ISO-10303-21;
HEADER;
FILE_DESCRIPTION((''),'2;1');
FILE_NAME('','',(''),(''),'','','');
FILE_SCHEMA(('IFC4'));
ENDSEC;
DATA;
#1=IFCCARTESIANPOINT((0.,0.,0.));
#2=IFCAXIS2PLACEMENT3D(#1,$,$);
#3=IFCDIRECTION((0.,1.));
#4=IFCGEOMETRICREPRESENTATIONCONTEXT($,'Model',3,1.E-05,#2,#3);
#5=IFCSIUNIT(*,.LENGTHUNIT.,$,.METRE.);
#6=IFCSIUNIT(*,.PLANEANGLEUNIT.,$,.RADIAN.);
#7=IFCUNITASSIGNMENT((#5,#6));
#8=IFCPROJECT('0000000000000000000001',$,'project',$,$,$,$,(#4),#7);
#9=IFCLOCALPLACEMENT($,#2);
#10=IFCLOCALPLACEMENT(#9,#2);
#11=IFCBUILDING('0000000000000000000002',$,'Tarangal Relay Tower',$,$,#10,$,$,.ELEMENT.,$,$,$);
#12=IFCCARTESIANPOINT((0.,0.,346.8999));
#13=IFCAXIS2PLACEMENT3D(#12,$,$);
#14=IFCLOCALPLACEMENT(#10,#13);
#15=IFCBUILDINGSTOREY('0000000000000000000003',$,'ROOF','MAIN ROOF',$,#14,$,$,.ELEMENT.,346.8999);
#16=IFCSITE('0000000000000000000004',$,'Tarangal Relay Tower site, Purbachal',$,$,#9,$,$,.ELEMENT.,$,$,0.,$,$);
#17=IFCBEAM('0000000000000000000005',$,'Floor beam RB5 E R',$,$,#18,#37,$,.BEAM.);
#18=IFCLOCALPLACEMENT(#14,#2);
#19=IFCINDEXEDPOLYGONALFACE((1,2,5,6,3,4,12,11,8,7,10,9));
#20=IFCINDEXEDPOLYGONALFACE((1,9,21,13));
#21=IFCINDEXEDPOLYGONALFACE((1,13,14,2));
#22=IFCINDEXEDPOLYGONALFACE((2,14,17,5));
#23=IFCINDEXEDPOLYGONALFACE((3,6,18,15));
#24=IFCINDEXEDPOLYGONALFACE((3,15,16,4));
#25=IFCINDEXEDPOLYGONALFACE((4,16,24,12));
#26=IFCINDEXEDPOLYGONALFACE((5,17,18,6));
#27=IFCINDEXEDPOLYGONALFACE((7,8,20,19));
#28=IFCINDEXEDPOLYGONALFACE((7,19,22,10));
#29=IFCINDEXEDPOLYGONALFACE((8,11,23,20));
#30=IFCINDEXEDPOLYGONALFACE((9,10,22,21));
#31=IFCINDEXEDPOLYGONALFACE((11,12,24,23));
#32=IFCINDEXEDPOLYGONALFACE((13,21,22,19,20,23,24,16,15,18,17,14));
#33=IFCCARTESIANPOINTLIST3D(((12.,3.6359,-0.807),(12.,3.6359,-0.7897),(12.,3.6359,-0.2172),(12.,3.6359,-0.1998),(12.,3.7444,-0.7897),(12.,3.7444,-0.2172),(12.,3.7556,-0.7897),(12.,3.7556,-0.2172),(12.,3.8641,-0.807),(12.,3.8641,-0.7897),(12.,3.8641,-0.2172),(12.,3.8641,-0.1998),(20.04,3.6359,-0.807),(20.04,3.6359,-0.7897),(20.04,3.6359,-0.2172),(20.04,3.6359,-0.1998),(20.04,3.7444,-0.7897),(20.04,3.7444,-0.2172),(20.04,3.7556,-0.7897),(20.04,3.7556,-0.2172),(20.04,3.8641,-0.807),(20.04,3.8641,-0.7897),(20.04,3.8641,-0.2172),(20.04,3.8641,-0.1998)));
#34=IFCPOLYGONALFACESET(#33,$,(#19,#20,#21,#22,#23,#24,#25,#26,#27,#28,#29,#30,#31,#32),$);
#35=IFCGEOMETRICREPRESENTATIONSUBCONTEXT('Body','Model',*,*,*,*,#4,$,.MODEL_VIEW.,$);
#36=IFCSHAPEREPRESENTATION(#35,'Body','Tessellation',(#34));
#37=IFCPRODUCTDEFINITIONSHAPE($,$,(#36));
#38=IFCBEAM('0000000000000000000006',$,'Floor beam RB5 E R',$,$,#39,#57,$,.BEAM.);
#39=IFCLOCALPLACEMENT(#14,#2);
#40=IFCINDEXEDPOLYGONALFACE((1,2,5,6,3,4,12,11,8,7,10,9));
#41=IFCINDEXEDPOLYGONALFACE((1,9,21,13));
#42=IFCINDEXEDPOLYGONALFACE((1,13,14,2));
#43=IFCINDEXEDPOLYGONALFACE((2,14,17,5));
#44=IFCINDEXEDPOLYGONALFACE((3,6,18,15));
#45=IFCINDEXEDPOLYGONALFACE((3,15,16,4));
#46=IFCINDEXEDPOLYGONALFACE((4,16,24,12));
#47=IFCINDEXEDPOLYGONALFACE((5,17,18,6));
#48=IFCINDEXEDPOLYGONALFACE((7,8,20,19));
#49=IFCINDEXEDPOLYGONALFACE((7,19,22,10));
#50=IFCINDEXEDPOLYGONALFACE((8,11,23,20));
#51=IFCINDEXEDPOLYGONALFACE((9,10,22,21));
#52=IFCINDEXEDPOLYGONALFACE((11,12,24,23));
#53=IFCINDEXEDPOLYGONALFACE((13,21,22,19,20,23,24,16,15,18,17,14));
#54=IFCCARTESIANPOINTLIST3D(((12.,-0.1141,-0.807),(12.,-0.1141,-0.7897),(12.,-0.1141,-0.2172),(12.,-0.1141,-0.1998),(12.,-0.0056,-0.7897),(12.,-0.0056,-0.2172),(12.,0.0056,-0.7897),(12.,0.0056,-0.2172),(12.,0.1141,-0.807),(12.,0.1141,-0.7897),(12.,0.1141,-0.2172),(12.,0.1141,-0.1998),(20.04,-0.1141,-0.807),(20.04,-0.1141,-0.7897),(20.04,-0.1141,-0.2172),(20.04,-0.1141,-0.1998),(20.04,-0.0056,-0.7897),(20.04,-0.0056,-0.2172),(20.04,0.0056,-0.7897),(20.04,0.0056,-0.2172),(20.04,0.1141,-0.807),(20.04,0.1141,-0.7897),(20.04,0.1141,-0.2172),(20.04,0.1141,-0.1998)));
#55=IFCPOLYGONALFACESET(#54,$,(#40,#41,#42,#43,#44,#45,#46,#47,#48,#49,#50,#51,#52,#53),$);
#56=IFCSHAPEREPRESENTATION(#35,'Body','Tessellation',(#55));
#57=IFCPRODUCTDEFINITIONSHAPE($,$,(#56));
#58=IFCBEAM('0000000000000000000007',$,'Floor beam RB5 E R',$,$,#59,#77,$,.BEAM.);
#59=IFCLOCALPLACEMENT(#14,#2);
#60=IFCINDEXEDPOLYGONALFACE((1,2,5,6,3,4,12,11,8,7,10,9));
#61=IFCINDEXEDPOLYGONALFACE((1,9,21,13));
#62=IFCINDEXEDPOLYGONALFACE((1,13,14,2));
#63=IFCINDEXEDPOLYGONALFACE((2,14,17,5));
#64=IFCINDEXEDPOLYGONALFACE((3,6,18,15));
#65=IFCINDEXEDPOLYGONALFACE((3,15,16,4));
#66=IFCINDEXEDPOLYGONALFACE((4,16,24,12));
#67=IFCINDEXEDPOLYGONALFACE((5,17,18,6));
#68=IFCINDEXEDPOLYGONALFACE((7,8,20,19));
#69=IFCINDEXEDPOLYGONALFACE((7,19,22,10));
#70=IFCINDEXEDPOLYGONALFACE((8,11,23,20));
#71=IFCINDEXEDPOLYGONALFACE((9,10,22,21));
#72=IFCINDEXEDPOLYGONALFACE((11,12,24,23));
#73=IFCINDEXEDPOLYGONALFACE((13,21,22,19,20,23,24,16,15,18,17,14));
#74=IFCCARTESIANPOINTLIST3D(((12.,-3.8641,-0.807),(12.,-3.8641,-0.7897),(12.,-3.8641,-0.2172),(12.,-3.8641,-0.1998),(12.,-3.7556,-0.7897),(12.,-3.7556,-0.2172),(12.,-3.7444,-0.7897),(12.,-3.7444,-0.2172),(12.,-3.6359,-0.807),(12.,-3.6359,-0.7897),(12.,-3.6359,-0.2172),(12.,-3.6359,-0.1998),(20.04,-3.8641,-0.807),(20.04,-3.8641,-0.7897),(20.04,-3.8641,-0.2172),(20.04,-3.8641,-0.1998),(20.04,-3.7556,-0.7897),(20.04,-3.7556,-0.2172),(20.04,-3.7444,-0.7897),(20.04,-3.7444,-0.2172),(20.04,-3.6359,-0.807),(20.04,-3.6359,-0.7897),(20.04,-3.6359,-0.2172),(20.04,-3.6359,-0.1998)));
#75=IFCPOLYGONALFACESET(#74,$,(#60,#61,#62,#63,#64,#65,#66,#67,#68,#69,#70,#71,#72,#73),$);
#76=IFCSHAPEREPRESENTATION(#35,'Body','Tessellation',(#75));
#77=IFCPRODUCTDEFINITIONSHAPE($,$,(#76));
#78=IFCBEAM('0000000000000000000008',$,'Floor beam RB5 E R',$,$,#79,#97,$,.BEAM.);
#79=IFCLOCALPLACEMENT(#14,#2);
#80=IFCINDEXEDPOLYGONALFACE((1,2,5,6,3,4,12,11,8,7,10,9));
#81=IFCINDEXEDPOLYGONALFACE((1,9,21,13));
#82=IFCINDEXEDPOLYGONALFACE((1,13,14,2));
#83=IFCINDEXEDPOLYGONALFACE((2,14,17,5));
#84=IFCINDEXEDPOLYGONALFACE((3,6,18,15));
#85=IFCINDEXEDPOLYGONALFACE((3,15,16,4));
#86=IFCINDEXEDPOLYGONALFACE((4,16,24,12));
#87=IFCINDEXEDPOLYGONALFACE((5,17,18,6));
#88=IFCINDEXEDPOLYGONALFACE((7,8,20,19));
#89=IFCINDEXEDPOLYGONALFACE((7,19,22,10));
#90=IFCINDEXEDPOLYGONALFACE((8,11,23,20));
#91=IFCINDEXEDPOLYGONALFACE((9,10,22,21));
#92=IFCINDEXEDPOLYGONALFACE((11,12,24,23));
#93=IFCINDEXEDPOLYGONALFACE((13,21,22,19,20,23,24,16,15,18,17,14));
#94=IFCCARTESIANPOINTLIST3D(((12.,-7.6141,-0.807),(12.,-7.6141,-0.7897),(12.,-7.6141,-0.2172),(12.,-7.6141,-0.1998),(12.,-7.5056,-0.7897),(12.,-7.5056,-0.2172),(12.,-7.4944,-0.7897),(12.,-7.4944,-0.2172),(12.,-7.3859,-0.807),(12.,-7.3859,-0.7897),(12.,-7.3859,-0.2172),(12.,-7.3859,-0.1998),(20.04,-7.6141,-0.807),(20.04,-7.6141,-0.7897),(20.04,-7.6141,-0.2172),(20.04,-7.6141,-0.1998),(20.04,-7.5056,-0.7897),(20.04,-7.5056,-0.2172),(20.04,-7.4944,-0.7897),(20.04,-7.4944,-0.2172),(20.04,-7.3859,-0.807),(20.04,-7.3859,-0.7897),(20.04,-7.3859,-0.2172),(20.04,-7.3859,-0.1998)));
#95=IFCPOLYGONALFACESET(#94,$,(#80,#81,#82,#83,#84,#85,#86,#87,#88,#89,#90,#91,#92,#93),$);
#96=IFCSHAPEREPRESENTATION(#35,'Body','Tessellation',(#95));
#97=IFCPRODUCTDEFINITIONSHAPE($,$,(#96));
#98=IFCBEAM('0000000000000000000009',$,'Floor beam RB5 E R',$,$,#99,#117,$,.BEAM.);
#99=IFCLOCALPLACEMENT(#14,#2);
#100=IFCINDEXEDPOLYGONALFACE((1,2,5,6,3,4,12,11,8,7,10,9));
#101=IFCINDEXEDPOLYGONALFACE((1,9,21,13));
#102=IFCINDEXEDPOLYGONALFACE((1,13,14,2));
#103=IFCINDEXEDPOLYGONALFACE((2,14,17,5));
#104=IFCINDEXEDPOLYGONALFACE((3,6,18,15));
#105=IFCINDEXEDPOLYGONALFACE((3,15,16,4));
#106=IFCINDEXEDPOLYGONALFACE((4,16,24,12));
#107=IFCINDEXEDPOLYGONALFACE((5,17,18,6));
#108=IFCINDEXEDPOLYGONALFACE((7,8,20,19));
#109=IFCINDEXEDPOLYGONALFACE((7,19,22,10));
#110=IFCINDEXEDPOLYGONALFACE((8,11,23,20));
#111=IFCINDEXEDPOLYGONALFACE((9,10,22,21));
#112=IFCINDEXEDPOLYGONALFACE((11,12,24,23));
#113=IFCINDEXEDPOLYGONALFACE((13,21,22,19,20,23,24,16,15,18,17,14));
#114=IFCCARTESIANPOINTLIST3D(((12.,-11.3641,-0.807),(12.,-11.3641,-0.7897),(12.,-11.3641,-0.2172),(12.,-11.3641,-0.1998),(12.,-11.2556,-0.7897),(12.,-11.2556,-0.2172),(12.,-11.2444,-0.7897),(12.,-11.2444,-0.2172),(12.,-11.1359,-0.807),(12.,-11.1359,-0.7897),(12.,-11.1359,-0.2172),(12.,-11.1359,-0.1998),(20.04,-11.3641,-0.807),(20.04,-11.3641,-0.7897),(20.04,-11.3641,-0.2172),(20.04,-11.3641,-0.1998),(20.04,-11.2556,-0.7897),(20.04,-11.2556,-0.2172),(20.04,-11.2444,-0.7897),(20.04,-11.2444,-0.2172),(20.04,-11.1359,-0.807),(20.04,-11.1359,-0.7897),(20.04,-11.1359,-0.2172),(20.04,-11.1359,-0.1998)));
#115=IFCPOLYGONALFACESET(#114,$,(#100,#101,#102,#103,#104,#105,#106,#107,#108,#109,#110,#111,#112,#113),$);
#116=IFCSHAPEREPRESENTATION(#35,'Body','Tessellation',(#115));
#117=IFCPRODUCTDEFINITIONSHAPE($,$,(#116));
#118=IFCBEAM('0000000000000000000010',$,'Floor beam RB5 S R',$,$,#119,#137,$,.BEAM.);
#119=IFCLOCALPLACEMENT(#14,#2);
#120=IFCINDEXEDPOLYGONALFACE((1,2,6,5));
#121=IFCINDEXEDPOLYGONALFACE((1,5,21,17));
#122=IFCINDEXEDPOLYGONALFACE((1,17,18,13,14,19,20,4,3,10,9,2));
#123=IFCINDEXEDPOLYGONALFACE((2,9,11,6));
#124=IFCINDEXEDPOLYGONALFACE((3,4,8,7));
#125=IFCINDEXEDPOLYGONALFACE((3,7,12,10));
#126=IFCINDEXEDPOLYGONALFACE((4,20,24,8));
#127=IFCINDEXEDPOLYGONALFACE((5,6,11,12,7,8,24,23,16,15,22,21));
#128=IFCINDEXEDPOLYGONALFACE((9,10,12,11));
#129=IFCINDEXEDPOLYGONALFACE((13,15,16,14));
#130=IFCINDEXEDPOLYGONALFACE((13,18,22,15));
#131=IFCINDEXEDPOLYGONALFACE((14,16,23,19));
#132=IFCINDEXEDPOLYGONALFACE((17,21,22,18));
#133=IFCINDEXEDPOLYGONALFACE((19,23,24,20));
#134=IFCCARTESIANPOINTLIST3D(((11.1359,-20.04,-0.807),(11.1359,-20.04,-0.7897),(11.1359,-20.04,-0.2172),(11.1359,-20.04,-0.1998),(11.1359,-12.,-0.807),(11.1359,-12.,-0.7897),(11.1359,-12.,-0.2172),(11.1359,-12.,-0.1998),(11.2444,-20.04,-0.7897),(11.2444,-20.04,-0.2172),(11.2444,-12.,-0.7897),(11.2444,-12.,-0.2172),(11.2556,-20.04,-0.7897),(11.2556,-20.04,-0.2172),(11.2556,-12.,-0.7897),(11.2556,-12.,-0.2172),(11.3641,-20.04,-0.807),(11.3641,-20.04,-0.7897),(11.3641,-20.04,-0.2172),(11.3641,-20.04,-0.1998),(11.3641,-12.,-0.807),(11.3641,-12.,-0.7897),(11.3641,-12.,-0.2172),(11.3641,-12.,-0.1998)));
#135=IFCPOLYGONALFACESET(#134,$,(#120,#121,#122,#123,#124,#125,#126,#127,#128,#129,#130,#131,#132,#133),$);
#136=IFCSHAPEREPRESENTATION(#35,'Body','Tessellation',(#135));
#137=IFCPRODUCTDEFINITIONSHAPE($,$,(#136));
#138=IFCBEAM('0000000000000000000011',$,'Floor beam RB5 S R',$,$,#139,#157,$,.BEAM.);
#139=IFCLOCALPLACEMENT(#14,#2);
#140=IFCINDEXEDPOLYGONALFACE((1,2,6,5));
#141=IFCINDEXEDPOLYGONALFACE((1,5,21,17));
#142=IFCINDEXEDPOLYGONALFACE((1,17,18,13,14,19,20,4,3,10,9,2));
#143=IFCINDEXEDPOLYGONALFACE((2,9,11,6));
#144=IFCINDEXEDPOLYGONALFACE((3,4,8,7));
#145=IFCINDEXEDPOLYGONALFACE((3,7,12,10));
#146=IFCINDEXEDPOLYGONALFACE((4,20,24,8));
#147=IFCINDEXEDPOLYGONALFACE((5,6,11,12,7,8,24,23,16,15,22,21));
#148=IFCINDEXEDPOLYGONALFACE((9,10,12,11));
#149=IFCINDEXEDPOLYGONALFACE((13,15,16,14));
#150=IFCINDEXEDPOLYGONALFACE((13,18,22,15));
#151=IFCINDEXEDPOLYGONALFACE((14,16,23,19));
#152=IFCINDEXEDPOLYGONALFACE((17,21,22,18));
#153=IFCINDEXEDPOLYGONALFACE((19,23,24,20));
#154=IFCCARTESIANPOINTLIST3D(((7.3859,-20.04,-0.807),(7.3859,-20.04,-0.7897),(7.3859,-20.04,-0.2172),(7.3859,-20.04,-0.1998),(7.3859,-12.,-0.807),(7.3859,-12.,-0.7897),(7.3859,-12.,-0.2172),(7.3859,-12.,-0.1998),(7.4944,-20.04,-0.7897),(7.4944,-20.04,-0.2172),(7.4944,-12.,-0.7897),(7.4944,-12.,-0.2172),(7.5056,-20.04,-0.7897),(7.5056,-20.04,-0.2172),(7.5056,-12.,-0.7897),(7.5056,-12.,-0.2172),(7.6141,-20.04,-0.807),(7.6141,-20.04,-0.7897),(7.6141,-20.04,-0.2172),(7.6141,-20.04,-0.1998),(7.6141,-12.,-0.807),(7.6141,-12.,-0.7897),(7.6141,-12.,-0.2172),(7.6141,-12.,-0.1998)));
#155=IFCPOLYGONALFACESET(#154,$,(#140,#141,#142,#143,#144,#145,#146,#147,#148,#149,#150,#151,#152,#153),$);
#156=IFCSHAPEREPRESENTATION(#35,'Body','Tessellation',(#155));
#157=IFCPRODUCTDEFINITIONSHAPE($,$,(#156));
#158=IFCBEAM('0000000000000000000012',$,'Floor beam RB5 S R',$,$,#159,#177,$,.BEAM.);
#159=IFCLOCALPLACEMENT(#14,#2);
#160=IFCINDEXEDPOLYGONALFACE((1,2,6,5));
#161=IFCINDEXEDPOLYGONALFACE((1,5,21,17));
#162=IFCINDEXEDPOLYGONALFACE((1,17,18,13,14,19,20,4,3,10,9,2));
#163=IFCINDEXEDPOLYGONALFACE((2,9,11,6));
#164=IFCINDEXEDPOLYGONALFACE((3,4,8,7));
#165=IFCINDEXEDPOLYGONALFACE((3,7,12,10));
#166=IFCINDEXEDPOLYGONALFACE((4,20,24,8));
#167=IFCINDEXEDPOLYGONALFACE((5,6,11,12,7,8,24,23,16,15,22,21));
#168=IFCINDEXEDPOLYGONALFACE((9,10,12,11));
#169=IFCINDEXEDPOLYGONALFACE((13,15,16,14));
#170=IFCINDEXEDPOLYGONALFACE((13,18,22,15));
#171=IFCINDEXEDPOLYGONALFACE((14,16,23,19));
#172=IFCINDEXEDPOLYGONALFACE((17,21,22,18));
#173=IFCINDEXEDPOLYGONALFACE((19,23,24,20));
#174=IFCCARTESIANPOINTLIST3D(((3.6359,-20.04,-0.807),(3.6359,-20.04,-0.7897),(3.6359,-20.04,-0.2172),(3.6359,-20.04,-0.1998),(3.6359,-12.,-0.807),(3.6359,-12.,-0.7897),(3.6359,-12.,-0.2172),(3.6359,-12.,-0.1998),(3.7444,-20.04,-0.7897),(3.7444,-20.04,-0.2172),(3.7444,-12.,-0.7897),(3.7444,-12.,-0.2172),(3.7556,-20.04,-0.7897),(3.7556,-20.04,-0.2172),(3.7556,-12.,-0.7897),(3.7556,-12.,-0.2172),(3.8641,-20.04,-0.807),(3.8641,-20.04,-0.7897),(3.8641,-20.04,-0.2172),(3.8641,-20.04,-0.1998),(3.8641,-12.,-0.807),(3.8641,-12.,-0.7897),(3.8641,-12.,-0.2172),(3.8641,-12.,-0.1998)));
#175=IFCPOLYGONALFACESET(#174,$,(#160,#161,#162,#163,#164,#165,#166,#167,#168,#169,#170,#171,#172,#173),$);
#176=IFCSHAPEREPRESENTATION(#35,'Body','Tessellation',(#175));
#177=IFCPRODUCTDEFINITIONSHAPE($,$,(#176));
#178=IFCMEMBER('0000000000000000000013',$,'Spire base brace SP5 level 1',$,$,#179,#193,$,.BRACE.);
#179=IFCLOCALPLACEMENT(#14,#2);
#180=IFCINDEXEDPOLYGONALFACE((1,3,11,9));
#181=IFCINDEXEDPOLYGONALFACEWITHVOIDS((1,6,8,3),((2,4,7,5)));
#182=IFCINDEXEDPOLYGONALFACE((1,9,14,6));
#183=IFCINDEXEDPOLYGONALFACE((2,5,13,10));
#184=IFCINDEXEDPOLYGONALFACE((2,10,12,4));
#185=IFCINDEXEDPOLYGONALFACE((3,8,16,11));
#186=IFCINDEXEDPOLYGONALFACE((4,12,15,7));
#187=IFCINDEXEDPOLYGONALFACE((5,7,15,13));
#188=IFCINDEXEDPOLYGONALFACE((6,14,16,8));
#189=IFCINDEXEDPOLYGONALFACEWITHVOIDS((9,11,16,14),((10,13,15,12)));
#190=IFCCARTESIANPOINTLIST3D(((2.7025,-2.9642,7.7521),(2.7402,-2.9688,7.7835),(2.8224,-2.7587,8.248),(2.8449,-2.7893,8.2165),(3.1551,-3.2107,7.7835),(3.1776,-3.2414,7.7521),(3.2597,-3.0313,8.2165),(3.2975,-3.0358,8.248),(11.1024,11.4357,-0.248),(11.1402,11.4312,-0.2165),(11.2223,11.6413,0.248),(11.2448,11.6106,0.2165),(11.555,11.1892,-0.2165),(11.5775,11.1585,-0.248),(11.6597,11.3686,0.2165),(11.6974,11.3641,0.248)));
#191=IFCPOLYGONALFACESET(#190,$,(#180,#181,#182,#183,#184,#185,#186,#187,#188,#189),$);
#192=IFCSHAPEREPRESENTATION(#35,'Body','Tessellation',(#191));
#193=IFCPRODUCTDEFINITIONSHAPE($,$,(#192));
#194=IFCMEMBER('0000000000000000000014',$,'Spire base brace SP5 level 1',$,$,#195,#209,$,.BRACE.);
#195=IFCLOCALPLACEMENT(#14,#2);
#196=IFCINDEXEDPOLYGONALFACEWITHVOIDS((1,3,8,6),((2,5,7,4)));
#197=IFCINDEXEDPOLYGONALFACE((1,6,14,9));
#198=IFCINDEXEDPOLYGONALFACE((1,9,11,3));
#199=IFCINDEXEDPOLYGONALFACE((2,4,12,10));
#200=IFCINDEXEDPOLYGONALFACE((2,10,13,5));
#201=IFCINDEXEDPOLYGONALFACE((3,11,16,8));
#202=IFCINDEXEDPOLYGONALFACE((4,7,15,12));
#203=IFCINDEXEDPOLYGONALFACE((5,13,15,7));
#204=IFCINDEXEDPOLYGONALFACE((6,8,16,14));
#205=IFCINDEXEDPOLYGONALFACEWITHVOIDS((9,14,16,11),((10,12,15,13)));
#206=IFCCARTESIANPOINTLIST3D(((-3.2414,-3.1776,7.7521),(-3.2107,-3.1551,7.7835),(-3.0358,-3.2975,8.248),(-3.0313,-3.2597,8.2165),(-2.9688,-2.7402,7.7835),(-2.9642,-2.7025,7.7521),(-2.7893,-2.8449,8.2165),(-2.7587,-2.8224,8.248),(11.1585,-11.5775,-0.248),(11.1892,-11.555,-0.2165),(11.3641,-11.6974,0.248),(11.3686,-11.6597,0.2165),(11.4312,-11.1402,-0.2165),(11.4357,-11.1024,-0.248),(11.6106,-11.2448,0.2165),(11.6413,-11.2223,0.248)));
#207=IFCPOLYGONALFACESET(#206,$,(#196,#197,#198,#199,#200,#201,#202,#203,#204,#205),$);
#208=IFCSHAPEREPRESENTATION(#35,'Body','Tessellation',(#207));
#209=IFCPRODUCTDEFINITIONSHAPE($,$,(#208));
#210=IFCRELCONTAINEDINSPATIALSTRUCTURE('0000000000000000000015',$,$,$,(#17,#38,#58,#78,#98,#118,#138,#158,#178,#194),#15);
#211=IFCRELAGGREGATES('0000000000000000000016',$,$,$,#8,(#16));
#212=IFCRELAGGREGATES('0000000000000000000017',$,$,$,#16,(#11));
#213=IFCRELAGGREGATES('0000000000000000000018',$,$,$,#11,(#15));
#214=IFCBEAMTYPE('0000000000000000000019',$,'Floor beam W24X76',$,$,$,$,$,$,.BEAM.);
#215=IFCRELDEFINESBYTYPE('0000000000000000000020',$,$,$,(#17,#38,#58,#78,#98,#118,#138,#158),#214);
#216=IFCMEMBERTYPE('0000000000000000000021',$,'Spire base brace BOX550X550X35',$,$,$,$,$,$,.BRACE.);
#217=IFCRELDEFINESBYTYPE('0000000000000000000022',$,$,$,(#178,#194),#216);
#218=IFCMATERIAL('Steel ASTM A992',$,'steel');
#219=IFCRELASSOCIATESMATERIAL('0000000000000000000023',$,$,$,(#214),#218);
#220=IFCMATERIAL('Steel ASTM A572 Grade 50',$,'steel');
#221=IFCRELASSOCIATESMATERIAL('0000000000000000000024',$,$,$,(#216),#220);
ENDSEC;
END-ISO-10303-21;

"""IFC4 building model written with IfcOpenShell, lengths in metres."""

from ifc_helpers import new_model, si_unit, direction, frame, origin, origin_2d, place, context, subcontext, project, spatial, hollow_rectangle, i_section, extrude, material, material_profile, profile_set, type_object, element, save


model = new_model("IFC4")

# Units and contexts
model_context = context("Model", 3, precision=1e-05, world=origin(), true_north=direction((0.0, 1.0)))
body_context = subcontext(model_context, "Body", "Model", "MODEL_VIEW")
ifc_project = project(units=[si_unit("LENGTHUNIT", "METRE"), si_unit("PLANEANGLEUNIT", "RADIAN")], contexts=[model_context])

# Site, building, storey
site_placement = place(None, origin())
site = spatial("IfcSite", under=ifc_project, at=site_placement, Name="Tarangal Relay Tower site, Purbachal", CompositionType="ELEMENT", RefElevation=0.0)
building_placement = place(site_placement, origin())
building = spatial("IfcBuilding", under=site, at=building_placement, Name="Tarangal Relay Tower", CompositionType="ELEMENT")
storey_placement = place(building_placement, frame((0.0, 0.0, 346.8999)))
storey = spatial("IfcBuildingStorey", under=building, at=storey_placement, Name="ROOF", Description="MAIN ROOF", CompositionType="ELEMENT", Elevation=346.8999)

# Beams
ifc_material_1 = material(Name="Steel ASTM A992", Category="steel")
ifc_material_profile_1 = material_profile(ifc_material_1, i_section(OverallWidth=0.2283, OverallDepth=0.6072, WebThickness=0.0112, FlangeThickness=0.0173, at=origin_2d()), Name="W24X76")
ifc_profile_set_1 = profile_set([ifc_material_profile_1], Name="Steel ASTM A992")
beam_type_1 = type_object("IfcBeamType", Name="Floor beam W24X76", PredefinedType="BEAM", material=ifc_profile_set_1)
for number, where, z_axis, x_axis, name in (
    (1, (12.0, 3.75, -0.5034), (1.0, 0.0, 0.0), (0.0, 1.0, 0.0), "Floor beam RB5 E R"),
    (2, (12.0, 0.0, -0.5034), (1.0, 0.0, 0.0), (0.0, 1.0, 0.0), "Floor beam RB5 E R"),
    (3, (12.0, -3.75, -0.5034), (1.0, 0.0, 0.0), (0.0, 1.0, 0.0), "Floor beam RB5 E R"),
    (4, (12.0, -7.5, -0.5034), (1.0, 0.0, 0.0), (0.0, 1.0, 0.0), "Floor beam RB5 E R"),
    (5, (12.0, -11.25, -0.5034), (1.0, 0.0, 0.0), (0.0, 1.0, 0.0), "Floor beam RB5 E R"),
    (6, (11.25, -12.0, -0.5034), (0.0, -1.0, 0.0), (1.0, 0.0, 0.0), "Floor beam RB5 S R"),
    (7, (7.5, -12.0, -0.5034), (0.0, -1.0, 0.0), (1.0, 0.0, 0.0), "Floor beam RB5 S R"),
    (8, (3.75, -12.0, -0.5034), (0.0, -1.0, 0.0), (1.0, 0.0, 0.0), "Floor beam RB5 S R"),
):
    element("IfcBeam", number, at=place(storey_placement, frame(where, z_axis=z_axis, x_axis=x_axis)), inside=storey, type_object=beam_type_1, Name=name, PredefinedType="BEAM", context=body_context, shape_type="SweptSolid", body=[
        extrude(i_section(OverallWidth=0.2283, OverallDepth=0.6072, WebThickness=0.0112, FlangeThickness=0.0173, at=origin_2d()), origin(), (0.0, 0.0, 1.0), 8.04),
    ])

# Members
ifc_material_2 = material(Name="Steel ASTM A572 Grade 50", Category="steel")
ifc_material_profile_2 = material_profile(ifc_material_2, hollow_rectangle(XDim=0.55, YDim=0.55, WallThickness=0.0349, at=origin_2d()), Name="BOX550X550X35")
ifc_profile_set_2 = profile_set([ifc_material_profile_2], Name="Steel ASTM A572 Grade 50")
member_type_1 = type_object("IfcMemberType", Name="Spire base brace BOX550X550X35", PredefinedType="BRACE", material=ifc_profile_set_2)
for number, where, z_axis, x_axis, name in (
    (9, (11.3999, 11.3999, 0.0), (-0.454271, -0.778754, 0.432644), (0.86378, -0.503869, 0.0), "Spire base brace SP5 level 1"),
    (10, (11.3999, -11.3999, 0.0), (-0.778754, 0.454271, 0.432644), (-0.503869, -0.86378, 0.0), "Spire base brace SP5 level 1"),
):
    element("IfcMember", number, at=place(storey_placement, frame(where, z_axis=z_axis, x_axis=x_axis)), inside=storey, type_object=member_type_1, Name=name, PredefinedType="BRACE", context=body_context, shape_type="SweptSolid", body=[
        extrude(hollow_rectangle(XDim=0.55, YDim=0.55, WallThickness=0.0349, at=origin_2d()), origin(), (0.0, 0.0, 1.0), 18.491),
    ])

save(model, "model.ifc")
